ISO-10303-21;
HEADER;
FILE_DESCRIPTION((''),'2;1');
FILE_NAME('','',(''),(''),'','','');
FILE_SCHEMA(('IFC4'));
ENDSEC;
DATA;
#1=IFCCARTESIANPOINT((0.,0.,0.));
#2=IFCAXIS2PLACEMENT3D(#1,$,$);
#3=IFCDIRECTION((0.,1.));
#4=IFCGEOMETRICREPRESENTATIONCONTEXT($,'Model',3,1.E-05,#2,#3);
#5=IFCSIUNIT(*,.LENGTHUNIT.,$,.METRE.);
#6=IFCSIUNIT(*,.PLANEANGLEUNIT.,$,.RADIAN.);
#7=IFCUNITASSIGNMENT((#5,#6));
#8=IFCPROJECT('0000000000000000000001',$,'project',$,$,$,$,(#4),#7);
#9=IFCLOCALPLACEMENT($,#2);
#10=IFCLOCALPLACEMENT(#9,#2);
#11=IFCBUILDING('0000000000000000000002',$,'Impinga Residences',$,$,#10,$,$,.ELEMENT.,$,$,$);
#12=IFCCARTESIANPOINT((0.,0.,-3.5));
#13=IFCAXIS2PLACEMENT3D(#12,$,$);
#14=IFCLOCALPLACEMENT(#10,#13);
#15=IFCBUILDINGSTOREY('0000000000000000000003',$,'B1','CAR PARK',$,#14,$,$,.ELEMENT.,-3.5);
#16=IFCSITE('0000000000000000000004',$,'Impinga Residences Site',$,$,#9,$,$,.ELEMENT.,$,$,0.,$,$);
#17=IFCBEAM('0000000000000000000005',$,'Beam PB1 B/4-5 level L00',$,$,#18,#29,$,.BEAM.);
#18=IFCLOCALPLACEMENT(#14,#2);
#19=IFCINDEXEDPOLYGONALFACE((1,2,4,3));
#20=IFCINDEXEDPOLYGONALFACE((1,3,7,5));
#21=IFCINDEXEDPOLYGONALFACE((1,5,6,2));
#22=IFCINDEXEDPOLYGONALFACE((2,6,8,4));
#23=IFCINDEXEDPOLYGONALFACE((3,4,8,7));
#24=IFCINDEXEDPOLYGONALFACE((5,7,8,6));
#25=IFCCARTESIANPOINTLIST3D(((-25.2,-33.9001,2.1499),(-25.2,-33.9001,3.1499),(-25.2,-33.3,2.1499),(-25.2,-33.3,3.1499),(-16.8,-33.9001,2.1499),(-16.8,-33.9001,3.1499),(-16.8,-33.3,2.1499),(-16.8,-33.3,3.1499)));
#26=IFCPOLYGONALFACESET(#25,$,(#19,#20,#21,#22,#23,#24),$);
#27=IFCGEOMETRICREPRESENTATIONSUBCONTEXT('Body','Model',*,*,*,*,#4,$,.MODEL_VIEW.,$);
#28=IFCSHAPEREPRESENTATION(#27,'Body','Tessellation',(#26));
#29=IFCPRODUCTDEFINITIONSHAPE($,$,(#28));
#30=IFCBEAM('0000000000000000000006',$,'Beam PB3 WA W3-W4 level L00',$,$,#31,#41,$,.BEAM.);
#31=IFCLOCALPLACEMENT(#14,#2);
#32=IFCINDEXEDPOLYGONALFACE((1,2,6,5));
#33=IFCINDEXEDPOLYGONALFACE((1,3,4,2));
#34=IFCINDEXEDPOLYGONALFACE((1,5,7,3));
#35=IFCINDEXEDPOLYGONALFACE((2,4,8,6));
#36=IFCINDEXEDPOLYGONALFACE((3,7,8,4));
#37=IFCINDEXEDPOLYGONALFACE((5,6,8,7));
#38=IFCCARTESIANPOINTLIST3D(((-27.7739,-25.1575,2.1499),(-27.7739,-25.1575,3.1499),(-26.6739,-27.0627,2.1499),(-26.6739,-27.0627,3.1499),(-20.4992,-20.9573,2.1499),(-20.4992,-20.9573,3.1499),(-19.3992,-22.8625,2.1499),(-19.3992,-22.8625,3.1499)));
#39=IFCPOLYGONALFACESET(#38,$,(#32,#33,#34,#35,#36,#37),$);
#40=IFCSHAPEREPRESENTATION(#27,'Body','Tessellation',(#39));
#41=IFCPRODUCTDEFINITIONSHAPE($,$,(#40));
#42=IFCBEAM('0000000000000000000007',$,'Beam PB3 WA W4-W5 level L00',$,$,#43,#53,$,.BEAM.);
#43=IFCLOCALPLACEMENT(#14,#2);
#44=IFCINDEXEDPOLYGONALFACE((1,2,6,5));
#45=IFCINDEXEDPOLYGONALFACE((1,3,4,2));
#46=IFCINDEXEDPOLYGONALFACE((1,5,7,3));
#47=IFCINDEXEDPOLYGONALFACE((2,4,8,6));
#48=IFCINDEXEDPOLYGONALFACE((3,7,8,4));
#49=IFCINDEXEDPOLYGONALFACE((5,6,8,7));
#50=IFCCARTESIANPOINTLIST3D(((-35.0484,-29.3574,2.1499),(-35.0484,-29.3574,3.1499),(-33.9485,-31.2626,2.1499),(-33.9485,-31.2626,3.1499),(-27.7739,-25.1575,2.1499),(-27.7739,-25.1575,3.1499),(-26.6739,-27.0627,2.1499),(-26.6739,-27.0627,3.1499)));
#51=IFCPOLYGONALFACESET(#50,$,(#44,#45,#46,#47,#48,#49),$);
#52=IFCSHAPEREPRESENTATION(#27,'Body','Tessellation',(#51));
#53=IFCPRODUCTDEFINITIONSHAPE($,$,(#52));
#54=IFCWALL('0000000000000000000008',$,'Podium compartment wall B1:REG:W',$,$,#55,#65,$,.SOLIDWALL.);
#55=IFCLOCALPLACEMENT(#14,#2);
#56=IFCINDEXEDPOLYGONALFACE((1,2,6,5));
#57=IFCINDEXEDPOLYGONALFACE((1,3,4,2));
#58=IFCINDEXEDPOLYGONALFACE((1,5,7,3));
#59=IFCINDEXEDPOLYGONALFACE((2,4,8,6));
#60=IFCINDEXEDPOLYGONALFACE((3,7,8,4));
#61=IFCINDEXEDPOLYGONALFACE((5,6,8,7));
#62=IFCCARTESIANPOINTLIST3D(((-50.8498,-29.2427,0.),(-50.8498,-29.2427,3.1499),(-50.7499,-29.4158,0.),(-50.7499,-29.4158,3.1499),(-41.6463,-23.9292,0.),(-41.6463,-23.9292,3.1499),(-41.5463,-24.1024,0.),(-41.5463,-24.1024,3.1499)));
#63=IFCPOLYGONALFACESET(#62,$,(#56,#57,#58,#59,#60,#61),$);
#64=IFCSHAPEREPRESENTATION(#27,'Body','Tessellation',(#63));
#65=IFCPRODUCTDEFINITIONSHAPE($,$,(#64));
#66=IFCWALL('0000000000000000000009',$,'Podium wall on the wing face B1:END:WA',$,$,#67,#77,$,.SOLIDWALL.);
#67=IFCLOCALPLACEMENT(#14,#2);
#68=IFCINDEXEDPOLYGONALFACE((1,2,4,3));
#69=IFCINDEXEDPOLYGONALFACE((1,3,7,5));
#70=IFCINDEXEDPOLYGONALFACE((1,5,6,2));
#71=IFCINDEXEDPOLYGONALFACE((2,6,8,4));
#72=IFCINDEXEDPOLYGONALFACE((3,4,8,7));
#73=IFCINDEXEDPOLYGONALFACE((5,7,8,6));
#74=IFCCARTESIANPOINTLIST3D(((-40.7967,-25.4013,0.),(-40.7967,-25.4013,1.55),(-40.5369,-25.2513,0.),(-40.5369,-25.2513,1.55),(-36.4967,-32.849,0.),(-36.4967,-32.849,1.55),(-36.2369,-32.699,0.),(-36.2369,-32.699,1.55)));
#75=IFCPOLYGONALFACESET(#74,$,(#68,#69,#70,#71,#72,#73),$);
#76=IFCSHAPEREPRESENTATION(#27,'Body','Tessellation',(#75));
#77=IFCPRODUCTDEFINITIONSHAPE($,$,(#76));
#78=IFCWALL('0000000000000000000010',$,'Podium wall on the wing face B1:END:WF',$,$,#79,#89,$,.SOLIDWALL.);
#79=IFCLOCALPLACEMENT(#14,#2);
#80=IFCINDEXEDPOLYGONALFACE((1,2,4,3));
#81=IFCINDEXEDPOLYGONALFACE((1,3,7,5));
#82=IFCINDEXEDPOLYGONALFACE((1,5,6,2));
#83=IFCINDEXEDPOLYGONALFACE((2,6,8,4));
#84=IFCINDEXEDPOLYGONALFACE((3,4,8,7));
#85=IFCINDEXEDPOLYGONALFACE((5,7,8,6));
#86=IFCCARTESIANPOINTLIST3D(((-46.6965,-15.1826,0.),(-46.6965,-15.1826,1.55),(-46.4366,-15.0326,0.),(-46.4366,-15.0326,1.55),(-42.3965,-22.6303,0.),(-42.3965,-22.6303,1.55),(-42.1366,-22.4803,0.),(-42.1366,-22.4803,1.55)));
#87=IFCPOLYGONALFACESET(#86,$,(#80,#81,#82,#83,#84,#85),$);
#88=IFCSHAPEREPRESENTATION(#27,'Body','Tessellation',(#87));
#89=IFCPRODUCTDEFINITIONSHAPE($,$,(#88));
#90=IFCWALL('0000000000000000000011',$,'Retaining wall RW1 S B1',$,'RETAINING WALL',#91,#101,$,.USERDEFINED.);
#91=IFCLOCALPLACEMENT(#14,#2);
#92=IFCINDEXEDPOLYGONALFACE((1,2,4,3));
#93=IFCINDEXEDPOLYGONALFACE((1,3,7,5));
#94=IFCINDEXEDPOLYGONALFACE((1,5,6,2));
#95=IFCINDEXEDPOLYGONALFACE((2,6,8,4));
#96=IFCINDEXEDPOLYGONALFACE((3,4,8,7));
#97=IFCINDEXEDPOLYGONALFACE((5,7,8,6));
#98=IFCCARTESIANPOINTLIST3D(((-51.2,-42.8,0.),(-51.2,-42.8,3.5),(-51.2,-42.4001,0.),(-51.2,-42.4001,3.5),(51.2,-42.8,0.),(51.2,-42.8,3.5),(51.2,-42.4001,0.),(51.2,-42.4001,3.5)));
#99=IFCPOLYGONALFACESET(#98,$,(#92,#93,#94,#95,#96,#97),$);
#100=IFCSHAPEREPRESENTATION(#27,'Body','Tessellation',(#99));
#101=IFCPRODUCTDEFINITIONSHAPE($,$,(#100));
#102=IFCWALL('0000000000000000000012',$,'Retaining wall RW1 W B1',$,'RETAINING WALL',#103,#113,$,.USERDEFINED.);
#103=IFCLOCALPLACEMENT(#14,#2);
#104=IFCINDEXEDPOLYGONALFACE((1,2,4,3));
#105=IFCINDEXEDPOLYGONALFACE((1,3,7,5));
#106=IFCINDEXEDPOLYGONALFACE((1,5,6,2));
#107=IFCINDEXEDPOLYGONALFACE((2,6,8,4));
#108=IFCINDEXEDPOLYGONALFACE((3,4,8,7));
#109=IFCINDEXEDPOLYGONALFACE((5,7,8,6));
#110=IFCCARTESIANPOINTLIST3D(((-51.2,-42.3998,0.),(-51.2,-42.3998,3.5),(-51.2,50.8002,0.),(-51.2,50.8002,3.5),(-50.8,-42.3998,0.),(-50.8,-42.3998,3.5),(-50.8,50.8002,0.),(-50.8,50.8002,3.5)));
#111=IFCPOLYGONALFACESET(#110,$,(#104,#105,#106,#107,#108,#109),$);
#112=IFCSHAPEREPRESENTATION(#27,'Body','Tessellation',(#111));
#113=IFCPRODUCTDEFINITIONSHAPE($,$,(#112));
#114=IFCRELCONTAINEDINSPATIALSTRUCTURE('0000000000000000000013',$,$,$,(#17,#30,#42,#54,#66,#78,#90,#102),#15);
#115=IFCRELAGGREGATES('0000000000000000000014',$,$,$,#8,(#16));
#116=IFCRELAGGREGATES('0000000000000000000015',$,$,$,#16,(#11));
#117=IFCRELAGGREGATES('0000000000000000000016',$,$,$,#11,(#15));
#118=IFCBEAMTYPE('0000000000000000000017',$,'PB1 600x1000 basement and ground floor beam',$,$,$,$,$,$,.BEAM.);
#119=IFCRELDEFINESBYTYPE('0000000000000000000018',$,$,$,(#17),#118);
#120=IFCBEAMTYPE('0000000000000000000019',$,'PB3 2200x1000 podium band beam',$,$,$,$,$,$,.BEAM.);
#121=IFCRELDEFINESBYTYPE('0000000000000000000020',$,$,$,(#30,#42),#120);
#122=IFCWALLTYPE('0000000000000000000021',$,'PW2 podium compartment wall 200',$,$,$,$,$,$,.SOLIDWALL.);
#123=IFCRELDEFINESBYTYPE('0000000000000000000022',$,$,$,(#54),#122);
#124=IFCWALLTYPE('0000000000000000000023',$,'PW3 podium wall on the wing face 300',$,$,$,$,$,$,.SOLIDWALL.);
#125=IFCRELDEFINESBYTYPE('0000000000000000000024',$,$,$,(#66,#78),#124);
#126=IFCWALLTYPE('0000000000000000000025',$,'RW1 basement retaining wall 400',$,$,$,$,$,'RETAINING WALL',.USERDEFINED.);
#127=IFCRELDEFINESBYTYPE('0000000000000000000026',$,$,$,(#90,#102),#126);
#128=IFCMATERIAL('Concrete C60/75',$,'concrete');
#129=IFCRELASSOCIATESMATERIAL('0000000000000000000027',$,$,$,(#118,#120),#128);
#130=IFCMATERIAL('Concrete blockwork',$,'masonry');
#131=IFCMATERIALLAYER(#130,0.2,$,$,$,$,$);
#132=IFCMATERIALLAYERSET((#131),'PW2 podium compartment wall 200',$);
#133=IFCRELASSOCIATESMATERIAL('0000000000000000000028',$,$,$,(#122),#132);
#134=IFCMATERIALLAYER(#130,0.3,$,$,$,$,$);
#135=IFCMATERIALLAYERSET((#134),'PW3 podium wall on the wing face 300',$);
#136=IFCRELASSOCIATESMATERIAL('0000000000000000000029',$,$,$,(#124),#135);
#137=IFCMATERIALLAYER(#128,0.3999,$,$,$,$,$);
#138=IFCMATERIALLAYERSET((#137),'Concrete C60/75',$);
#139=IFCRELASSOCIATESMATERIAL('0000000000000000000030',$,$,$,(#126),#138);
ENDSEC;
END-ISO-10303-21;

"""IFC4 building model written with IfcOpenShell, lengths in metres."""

from ifc_helpers import new_model, si_unit, direction, frame, frame_2d, origin, origin_2d, place, context, subcontext, project, spatial, rectangle, extrude, material, layer, layer_set, material_profile, profile_set, type_object, element, save


model = new_model("IFC4")

# Units and contexts
model_context = context("Model", 3, precision=1e-05, world=origin(), true_north=direction((0.0, 1.0)))
body_context = subcontext(model_context, "Body", "Model", "MODEL_VIEW")
ifc_project = project(units=[si_unit("LENGTHUNIT", "METRE"), si_unit("PLANEANGLEUNIT", "RADIAN")], contexts=[model_context])

# Site, building, storey
site_placement = place(None, origin())
site = spatial("IfcSite", under=ifc_project, at=site_placement, Name="Impinga Residences Site", CompositionType="ELEMENT", RefElevation=0.0)
building_placement = place(site_placement, origin())
building = spatial("IfcBuilding", under=site, at=building_placement, Name="Impinga Residences", CompositionType="ELEMENT")
storey_placement = place(building_placement, frame((0.0, 0.0, -3.5)))
storey = spatial("IfcBuildingStorey", under=building, at=storey_placement, Name="B1", Description="CAR PARK", CompositionType="ELEMENT", Elevation=-3.5)

# Beams
ifc_material_1 = material(Name="Concrete C60/75", Category="concrete")
ifc_material_profile_1 = material_profile(ifc_material_1, rectangle(XDim=0.6001, YDim=1.0, at=origin_2d()), Name="RC 600x1000")
ifc_profile_set_1 = profile_set([ifc_material_profile_1], Name="Concrete C60/75")
beam_type_1 = type_object("IfcBeamType", Name="PB1 600x1000 basement and ground floor beam", PredefinedType="BEAM", material=ifc_profile_set_1)
beam_1_placement = place(storey_placement, frame((-25.2, -33.6001, 2.6499), z_axis=(1.0, 0.0, 0.0), x_axis=(0.0, 1.0, 0.0)))
element("IfcBeam", 1, at=beam_1_placement, inside=storey, type_object=beam_type_1, Name="Beam PB1 B/4-5 level L00", PredefinedType="BEAM", context=body_context, shape_type="SweptSolid", body=[
    extrude(rectangle(XDim=0.6001, YDim=1.0, at=origin_2d()), origin(), (0.0, 0.0, 1.0), 8.3999),
])
ifc_material_profile_2 = material_profile(ifc_material_1, rectangle(XDim=2.2, YDim=1.0, at=origin_2d()), Name="RC 2200x1000")
ifc_profile_set_2 = profile_set([ifc_material_profile_2], Name="Concrete C60/75")
beam_type_2 = type_object("IfcBeamType", Name="PB3 2200x1000 podium band beam", PredefinedType="BEAM", material=ifc_profile_set_2)
beam_2_placement = place(storey_placement, frame((-19.9492, -21.9099, 2.6499), z_axis=(-0.866017, -0.500015, 0.0), x_axis=(0.500015, -0.866017, 0.0)))
element("IfcBeam", 2, at=beam_2_placement, inside=storey, type_object=beam_type_2, Name="Beam PB3 WA W3-W4 level L00", PredefinedType="BEAM", context=body_context, shape_type="SweptSolid", body=[
    extrude(rectangle(XDim=2.2, YDim=1.0, at=origin_2d()), origin(), (0.0, 0.0, 1.0), 8.4001),
])
beam_3_placement = place(storey_placement, frame((-27.2239, -26.1101, 2.6499), z_axis=(-0.866029, -0.499993, 0.0), x_axis=(0.499993, -0.866029, 0.0)))
element("IfcBeam", 3, at=beam_3_placement, inside=storey, type_object=beam_type_2, Name="Beam PB3 WA W4-W5 level L00", PredefinedType="BEAM", context=body_context, shape_type="SweptSolid", body=[
    extrude(rectangle(XDim=2.2, YDim=1.0, at=origin_2d()), origin(), (0.0, 0.0, 1.0), 8.3999),
])

# Walls
ifc_material_2 = material(Name="Concrete blockwork", Category="masonry")
ifc_layer_1 = layer(ifc_material_2, 0.2)
ifc_layer_set_1 = layer_set([ifc_layer_1], Name="PW2 podium compartment wall 200")
wall_type_1 = type_object("IfcWallType", Name="PW2 podium compartment wall 200", PredefinedType="SOLIDWALL", material=ifc_layer_set_1)
wall_1_placement = place(storey_placement, frame((-41.5964, -24.0159, 0.0), z_axis=(0.0, 0.0, 1.0), x_axis=(-0.866035, -0.499984, 0.0)))
element("IfcWall", 4, at=wall_1_placement, inside=storey, type_object=wall_type_1, Name="Podium compartment wall B1:REG:W", PredefinedType="SOLIDWALL", context=body_context, shape_type="SweptSolid", body=[
    extrude(rectangle(XDim=10.6272, YDim=0.2, at=frame_2d((5.3135, 0.0))), origin(), (0.0, 0.0, 1.0), 3.1499),
])
ifc_layer_2 = layer(ifc_material_2, 0.3)
ifc_layer_set_2 = layer_set([ifc_layer_2], Name="PW3 podium wall on the wing face 300")
wall_type_2 = type_object("IfcWallType", Name="PW3 podium wall on the wing face 300", PredefinedType="SOLIDWALL", material=ifc_layer_set_2)
for number, where, z_axis, x_axis, name in (
    (5, (-40.6667, -25.3264, 0.0), (0.0, 0.0, 1.0), (0.500008, -0.866021, 0.0), "Podium wall on the wing face B1:END:WA"),
    (6, (-42.2666, -22.5552, 0.0), (0.0, 0.0, 1.0), (-0.500008, 0.866021, 0.0), "Podium wall on the wing face B1:END:WF"),
):
    element("IfcWall", number, at=place(storey_placement, frame(where, z_axis=z_axis, x_axis=x_axis)), inside=storey, type_object=wall_type_2, Name=name, PredefinedType="SOLIDWALL", context=body_context, shape_type="SweptSolid", body=[
        extrude(rectangle(XDim=8.5999, YDim=0.3, at=frame_2d((4.2998, 0.0))), origin(), (0.0, 0.0, 1.0), 1.55),
    ])
ifc_layer_3 = layer(ifc_material_1, 0.3999)
ifc_layer_set_3 = layer_set([ifc_layer_3], Name="Concrete C60/75")
wall_type_3 = type_object("IfcWallType", Name="RW1 basement retaining wall 400", ElementType="RETAINING WALL", PredefinedType="USERDEFINED", material=ifc_layer_set_3)
wall_2_placement = place(storey_placement, frame((-51.2, -42.6001, 0.0), z_axis=(0.0, 0.0, 1.0), x_axis=(1.0, 0.0, 0.0)))
element("IfcWall", 7, at=wall_2_placement, inside=storey, type_object=wall_type_3, Name="Retaining wall RW1 S B1", ObjectType="RETAINING WALL", PredefinedType="USERDEFINED", context=body_context, shape_type="SweptSolid", body=[
    extrude(rectangle(XDim=102.3999, YDim=0.3999, at=frame_2d((51.2, 0.0))), origin(), (0.0, 0.0, 1.0), 3.5),
])
wall_3_placement = place(storey_placement, frame((-51.0, -42.3999, 0.0), z_axis=(0.0, 0.0, 1.0), x_axis=(0.0, 1.0, 0.0)))
element("IfcWall", 8, at=wall_3_placement, inside=storey, type_object=wall_type_3, Name="Retaining wall RW1 W B1", ObjectType="RETAINING WALL", PredefinedType="USERDEFINED", context=body_context, shape_type="SweptSolid", body=[
    extrude(rectangle(XDim=93.2, YDim=0.3999, at=frame_2d((46.6001, 0.0))), origin(), (0.0, 0.0, 1.0), 3.5),
])

save(model, "model.ifc")
